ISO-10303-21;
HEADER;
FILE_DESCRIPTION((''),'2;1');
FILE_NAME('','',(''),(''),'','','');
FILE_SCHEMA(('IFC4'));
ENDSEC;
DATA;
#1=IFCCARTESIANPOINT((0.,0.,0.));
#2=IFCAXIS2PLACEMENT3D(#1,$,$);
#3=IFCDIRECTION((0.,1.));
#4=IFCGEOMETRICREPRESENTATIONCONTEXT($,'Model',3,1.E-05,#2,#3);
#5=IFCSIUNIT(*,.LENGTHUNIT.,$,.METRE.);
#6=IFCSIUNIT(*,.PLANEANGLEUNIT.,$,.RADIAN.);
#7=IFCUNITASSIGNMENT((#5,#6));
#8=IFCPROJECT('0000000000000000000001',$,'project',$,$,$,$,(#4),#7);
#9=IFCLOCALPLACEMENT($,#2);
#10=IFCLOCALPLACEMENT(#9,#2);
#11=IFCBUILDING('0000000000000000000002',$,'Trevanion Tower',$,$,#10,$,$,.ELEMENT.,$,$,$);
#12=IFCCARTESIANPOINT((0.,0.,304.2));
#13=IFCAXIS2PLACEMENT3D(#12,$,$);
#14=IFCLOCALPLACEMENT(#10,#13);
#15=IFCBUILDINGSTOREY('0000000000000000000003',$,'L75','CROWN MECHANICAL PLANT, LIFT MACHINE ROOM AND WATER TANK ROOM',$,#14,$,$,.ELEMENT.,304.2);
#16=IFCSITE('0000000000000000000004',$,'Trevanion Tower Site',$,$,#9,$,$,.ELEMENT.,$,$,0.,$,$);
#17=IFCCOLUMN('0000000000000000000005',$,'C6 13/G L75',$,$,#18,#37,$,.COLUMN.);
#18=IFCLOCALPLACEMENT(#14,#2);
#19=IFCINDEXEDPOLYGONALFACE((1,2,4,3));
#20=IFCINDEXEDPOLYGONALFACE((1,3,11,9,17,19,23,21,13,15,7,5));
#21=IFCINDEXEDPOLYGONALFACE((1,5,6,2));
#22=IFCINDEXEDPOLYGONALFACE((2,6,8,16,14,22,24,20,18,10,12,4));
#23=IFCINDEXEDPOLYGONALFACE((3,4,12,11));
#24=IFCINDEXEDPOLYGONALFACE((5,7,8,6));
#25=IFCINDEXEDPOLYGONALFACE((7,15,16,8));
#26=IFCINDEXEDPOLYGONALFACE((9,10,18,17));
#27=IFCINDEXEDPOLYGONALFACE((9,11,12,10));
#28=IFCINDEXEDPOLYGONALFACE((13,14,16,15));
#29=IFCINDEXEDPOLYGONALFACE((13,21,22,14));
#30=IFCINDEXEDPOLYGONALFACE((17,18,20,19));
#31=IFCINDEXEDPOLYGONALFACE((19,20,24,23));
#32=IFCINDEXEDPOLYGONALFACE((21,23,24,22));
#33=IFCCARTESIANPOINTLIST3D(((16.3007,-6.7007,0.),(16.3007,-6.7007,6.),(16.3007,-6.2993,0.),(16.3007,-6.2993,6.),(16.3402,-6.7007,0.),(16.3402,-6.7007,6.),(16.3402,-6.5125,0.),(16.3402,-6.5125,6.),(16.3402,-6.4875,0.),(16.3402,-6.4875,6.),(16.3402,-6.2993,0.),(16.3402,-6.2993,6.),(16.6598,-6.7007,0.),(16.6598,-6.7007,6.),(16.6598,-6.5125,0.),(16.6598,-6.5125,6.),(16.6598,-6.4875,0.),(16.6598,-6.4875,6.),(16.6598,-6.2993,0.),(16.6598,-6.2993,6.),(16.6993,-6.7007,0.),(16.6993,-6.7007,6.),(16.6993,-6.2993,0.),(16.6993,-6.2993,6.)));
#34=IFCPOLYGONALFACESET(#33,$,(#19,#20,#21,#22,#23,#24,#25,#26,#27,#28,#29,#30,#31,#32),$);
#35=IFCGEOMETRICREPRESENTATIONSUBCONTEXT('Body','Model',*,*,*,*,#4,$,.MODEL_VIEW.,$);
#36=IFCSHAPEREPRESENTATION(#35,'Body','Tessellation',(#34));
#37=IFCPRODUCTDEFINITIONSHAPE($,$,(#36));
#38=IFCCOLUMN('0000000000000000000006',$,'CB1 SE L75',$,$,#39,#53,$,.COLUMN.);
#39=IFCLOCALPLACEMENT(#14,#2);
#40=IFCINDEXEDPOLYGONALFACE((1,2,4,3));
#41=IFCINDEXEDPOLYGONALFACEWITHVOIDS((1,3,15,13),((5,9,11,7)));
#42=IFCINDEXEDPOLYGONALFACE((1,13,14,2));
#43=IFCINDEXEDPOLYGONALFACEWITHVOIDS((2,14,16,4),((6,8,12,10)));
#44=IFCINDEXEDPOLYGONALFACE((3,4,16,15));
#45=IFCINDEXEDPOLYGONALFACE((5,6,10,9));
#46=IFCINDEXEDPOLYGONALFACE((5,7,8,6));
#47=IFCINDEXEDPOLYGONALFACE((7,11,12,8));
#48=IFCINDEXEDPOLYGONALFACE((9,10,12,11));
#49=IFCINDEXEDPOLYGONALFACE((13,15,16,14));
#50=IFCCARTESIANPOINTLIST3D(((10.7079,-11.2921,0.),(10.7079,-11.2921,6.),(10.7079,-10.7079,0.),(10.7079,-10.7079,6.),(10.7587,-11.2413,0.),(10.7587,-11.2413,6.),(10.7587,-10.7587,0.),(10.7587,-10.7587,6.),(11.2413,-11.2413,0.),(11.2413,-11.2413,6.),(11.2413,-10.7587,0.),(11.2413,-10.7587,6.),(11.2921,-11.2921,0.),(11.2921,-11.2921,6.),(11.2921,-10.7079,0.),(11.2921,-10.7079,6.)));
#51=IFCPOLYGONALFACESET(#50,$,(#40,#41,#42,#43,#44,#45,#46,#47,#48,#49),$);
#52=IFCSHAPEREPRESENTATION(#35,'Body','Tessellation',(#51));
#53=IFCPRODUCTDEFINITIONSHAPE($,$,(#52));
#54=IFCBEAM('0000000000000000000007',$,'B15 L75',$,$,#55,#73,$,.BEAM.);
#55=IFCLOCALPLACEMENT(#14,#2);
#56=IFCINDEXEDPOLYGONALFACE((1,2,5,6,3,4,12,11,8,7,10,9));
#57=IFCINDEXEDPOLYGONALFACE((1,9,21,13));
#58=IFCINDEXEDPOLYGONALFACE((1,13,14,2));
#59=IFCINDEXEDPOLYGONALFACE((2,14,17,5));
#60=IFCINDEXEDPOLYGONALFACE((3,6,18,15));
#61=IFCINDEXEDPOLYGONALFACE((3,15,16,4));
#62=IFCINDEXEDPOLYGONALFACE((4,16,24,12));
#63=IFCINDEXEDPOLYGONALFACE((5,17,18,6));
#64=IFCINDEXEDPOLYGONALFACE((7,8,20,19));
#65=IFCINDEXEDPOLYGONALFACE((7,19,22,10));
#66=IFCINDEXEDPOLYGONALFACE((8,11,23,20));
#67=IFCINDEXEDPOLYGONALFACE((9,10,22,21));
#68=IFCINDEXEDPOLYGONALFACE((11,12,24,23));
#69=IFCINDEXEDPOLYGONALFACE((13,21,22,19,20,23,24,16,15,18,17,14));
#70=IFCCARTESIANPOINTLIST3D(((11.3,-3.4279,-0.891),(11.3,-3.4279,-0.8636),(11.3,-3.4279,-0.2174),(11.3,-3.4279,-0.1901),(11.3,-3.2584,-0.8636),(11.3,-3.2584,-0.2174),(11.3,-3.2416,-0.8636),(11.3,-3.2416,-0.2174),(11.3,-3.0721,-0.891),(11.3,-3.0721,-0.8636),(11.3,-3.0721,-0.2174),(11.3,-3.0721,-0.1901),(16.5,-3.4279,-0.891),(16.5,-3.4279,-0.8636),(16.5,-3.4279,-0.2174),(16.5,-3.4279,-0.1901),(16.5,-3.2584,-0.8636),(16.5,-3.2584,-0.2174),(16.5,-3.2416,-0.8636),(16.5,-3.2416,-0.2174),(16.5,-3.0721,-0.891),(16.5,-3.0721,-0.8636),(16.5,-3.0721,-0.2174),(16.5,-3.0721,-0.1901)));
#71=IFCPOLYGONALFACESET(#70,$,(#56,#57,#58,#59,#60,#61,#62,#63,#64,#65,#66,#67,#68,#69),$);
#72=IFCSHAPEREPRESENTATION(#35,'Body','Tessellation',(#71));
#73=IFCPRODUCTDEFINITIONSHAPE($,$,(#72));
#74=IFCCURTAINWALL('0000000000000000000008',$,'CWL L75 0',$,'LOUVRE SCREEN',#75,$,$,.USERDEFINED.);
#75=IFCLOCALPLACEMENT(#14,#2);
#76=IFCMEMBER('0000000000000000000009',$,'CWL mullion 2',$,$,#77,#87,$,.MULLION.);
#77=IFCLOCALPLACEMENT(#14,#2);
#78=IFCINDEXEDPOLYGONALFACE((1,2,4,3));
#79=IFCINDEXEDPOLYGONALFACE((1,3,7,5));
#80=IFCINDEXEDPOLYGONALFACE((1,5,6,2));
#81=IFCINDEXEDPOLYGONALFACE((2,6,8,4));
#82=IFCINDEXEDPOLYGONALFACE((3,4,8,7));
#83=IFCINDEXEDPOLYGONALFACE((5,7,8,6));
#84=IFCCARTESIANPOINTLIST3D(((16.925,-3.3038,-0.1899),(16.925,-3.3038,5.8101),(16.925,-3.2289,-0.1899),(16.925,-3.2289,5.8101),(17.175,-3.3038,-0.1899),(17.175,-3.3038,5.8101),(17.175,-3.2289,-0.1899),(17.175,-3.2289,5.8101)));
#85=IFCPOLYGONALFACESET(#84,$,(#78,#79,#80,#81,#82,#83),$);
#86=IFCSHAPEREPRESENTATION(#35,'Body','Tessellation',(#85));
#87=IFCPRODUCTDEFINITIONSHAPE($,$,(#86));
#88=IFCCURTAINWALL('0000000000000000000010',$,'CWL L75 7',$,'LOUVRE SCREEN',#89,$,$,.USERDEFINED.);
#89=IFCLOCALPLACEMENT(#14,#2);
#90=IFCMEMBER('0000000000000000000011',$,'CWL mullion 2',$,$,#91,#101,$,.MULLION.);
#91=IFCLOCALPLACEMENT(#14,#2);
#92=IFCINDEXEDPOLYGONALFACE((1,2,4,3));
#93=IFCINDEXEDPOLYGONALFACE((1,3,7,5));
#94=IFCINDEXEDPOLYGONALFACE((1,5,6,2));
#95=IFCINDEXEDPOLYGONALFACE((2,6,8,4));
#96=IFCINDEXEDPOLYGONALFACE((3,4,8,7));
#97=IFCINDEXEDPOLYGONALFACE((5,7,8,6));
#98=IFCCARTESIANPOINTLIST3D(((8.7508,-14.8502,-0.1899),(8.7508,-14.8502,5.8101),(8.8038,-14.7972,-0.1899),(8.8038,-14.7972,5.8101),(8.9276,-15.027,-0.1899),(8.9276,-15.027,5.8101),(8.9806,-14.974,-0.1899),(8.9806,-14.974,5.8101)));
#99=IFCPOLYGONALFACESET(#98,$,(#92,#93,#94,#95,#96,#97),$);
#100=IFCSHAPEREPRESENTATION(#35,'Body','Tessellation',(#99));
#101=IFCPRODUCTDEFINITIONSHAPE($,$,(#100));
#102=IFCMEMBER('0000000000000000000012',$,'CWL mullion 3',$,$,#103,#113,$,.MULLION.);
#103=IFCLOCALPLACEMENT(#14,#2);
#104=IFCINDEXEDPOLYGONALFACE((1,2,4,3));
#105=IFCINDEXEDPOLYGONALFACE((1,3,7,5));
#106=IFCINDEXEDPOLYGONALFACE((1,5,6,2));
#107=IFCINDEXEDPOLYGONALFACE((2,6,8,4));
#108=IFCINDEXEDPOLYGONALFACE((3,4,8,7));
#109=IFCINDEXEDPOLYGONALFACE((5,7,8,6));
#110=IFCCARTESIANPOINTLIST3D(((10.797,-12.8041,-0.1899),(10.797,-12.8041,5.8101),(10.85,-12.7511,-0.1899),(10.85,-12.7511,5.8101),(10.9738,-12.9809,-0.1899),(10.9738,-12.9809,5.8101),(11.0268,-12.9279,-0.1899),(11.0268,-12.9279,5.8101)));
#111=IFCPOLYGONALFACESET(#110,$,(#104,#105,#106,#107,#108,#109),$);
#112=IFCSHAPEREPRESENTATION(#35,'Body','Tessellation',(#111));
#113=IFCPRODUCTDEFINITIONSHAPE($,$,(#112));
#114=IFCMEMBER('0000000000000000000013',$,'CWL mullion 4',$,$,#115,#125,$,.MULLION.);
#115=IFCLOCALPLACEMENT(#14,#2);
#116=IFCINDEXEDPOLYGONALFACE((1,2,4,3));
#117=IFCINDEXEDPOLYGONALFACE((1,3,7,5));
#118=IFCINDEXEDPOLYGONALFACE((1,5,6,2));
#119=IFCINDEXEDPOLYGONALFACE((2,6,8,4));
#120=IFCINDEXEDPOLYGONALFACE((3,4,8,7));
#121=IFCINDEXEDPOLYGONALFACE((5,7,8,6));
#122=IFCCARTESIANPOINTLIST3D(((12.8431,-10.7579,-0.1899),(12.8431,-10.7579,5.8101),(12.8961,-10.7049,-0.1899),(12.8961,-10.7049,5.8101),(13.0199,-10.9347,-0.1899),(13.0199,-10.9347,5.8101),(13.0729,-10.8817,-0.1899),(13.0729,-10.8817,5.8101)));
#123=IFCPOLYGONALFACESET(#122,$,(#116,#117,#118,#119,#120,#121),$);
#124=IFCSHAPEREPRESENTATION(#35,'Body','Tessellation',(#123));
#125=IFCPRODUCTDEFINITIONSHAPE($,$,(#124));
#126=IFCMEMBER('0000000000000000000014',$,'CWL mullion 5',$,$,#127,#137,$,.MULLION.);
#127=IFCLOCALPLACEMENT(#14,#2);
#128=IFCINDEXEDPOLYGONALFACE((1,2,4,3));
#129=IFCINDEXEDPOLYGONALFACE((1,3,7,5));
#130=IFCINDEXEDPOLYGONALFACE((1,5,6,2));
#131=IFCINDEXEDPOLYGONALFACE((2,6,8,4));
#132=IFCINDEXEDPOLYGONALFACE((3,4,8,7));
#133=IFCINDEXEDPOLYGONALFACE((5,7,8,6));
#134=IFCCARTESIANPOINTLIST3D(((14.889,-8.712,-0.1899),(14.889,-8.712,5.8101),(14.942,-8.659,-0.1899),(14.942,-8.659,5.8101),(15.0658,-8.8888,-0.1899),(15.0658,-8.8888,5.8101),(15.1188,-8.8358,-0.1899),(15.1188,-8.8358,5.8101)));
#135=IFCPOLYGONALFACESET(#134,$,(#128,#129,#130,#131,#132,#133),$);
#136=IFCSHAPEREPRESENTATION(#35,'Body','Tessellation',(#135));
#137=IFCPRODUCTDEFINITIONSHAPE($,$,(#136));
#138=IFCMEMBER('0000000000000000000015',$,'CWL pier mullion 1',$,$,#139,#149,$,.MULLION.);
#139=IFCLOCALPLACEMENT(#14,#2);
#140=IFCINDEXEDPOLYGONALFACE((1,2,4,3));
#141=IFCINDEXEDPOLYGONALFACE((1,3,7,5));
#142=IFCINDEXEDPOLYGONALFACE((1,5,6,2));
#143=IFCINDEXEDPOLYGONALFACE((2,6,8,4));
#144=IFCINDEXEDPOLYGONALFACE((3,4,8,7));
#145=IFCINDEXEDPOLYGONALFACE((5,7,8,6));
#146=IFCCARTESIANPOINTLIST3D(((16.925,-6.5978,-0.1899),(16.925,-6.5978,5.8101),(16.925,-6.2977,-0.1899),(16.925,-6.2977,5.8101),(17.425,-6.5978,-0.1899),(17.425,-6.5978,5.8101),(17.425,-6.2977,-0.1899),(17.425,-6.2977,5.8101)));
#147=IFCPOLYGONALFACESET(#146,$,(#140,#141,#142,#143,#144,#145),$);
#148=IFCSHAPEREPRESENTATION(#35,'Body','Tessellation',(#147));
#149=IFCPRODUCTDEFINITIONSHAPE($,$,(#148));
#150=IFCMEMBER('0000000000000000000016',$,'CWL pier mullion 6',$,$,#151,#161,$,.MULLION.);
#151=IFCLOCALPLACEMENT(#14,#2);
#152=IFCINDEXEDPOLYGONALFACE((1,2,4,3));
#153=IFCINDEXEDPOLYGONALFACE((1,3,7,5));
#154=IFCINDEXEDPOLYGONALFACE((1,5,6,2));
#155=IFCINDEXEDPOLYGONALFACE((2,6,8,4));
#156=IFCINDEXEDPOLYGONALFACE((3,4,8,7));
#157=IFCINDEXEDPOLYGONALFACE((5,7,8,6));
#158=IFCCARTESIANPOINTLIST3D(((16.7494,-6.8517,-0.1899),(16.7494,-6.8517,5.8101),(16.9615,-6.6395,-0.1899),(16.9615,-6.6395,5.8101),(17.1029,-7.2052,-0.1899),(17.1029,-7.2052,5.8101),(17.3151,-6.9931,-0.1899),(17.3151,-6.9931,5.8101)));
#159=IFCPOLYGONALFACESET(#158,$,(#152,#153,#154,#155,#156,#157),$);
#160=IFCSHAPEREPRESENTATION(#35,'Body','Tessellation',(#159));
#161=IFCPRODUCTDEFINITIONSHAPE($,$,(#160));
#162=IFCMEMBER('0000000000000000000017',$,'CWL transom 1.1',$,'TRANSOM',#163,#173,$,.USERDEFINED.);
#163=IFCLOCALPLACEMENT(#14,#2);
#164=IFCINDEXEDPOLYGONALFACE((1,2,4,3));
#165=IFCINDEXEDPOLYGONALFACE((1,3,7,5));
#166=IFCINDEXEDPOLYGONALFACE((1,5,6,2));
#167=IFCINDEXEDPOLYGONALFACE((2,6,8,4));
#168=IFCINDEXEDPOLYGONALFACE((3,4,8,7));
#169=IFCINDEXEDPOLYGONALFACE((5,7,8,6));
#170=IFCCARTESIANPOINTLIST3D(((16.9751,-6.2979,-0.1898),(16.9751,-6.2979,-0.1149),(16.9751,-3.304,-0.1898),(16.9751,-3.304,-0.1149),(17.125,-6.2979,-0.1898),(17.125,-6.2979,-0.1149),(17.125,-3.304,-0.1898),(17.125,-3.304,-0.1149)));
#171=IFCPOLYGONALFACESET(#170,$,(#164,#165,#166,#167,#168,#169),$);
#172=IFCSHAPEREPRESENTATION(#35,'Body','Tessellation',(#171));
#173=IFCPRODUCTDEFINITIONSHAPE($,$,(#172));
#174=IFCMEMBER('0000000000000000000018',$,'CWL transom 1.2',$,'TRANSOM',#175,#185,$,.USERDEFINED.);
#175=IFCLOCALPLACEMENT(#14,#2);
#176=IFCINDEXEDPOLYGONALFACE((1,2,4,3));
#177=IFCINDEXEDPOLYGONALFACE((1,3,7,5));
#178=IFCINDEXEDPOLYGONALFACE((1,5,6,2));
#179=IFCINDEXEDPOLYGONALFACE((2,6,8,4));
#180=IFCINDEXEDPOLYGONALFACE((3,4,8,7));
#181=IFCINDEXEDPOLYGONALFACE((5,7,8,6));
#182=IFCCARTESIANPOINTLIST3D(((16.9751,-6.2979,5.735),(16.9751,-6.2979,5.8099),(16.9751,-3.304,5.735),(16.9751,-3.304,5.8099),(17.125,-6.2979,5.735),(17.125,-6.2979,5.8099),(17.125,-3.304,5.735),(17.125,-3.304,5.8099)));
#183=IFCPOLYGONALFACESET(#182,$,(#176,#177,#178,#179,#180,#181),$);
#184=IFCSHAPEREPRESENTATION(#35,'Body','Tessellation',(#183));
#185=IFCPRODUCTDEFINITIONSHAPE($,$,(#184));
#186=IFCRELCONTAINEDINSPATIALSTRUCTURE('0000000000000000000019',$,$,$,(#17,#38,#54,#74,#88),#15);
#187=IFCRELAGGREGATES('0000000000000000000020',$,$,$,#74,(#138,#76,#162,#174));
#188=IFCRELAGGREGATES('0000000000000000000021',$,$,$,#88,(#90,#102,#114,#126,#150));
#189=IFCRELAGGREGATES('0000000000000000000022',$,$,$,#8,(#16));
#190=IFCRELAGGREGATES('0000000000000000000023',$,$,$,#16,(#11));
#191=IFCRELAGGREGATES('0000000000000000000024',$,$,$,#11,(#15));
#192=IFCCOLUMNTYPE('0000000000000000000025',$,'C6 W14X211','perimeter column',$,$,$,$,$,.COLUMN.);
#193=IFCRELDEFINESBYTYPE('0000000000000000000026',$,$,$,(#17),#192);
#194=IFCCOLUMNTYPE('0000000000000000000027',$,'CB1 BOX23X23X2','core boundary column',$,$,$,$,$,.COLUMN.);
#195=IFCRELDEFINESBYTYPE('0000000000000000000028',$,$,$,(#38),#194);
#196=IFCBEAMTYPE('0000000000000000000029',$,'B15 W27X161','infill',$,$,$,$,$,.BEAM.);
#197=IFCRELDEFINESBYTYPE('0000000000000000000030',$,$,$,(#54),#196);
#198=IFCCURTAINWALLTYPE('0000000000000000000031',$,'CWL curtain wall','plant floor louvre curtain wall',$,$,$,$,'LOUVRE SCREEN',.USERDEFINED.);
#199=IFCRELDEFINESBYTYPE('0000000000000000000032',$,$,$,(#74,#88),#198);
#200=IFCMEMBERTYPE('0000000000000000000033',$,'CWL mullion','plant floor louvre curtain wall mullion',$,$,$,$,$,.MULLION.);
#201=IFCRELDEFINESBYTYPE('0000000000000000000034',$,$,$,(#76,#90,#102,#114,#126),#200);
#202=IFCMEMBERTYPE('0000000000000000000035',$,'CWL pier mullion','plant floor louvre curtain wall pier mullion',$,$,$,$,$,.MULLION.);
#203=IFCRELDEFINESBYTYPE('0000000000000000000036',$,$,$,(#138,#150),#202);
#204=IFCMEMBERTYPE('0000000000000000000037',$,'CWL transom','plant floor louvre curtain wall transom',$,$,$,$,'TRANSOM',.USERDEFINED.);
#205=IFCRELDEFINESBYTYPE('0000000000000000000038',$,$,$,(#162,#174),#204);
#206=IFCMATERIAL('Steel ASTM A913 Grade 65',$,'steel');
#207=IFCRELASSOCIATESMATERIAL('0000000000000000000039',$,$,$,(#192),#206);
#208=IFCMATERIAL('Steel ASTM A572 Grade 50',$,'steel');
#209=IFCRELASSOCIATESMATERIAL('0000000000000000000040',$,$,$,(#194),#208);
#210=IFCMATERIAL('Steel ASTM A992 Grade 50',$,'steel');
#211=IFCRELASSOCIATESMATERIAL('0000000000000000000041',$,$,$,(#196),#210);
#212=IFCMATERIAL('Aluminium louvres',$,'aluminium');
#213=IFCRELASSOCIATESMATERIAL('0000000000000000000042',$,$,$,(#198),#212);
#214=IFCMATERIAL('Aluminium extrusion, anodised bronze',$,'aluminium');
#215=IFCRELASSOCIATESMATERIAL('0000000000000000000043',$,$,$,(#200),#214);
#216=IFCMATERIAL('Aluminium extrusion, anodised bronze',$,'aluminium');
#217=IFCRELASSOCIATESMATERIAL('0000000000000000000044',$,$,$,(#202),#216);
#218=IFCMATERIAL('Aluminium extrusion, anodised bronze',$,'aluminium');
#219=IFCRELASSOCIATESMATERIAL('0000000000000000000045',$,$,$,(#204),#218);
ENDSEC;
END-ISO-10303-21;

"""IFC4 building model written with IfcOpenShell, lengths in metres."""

from ifc_helpers import new_model, si_unit, direction, frame, origin, origin_2d, place, context, subcontext, project, spatial, rectangle, hollow_rectangle, i_section, extrude, material, material_profile, profile_set, type_object, element, aggregate, save


model = new_model("IFC4")

# Units and contexts
model_context = context("Model", 3, precision=1e-05, world=origin(), true_north=direction((0.0, 1.0)))
body_context = subcontext(model_context, "Body", "Model", "MODEL_VIEW")
ifc_project = project(units=[si_unit("LENGTHUNIT", "METRE"), si_unit("PLANEANGLEUNIT", "RADIAN")], contexts=[model_context])

# Site, building, storey
site_placement = place(None, origin())
site = spatial("IfcSite", under=ifc_project, at=site_placement, Name="Trevanion Tower Site", CompositionType="ELEMENT", RefElevation=0.0)
building_placement = place(site_placement, origin())
building = spatial("IfcBuilding", under=site, at=building_placement, Name="Trevanion Tower", CompositionType="ELEMENT")
storey_placement = place(building_placement, frame((0.0, 0.0, 304.2)))
storey = spatial("IfcBuildingStorey", under=building, at=storey_placement, Name="L75", Description="CROWN MECHANICAL PLANT, LIFT MACHINE ROOM AND WATER TANK ROOM", CompositionType="ELEMENT", Elevation=304.2)

# Columns
ifc_material_1 = material(Name="Steel ASTM A913 Grade 65", Category="steel")
ifc_material_profile_1 = material_profile(ifc_material_1, i_section(OverallWidth=0.4014, OverallDepth=0.3987, WebThickness=0.0249, FlangeThickness=0.0396, at=origin_2d()), Name="W14X211")
ifc_profile_set_1 = profile_set([ifc_material_profile_1], Name="Steel ASTM A913 Grade 65")
column_type_1 = type_object("IfcColumnType", Name="C6 W14X211", Description="perimeter column", PredefinedType="COLUMN", material=ifc_profile_set_1)
column_1_placement = place(storey_placement, frame((16.5, -6.5, 0.0), z_axis=(0.0, 0.0, 1.0), x_axis=(0.0, 1.0, 0.0)))
element("IfcColumn", 1, at=column_1_placement, inside=storey, type_object=column_type_1, Name="C6 13/G L75", PredefinedType="COLUMN", context=body_context, shape_type="SweptSolid", body=[
    extrude(i_section(OverallWidth=0.4014, OverallDepth=0.3987, WebThickness=0.0249, FlangeThickness=0.0396, at=origin_2d()), origin(), (0.0, 0.0, 1.0), 6.0),
])
ifc_material_2 = material(Name="Steel ASTM A572 Grade 50", Category="steel")
ifc_material_profile_2 = material_profile(ifc_material_2, hollow_rectangle(XDim=0.5842, YDim=0.5842, WallThickness=0.0508, at=origin_2d()), Name="BOX23X23X2")
ifc_profile_set_2 = profile_set([ifc_material_profile_2], Name="Steel ASTM A572 Grade 50")
column_type_2 = type_object("IfcColumnType", Name="CB1 BOX23X23X2", Description="core boundary column", PredefinedType="COLUMN", material=ifc_profile_set_2)
column_2_placement = place(storey_placement, frame((11.0, -11.0, 0.0), z_axis=(0.0, 0.0, 1.0), x_axis=(1.0, 0.0, 0.0)))
element("IfcColumn", 2, at=column_2_placement, inside=storey, type_object=column_type_2, Name="CB1 SE L75", PredefinedType="COLUMN", context=body_context, shape_type="SweptSolid", body=[
    extrude(hollow_rectangle(XDim=0.5842, YDim=0.5842, WallThickness=0.0508, at=origin_2d()), origin(), (0.0, 0.0, 1.0), 6.0),
])

# Beam
ifc_material_3 = material(Name="Steel ASTM A992 Grade 50", Category="steel")
ifc_material_profile_3 = material_profile(ifc_material_3, i_section(OverallWidth=0.3557, OverallDepth=0.7009, WebThickness=0.0168, FlangeThickness=0.0273, at=origin_2d()), Name="W27X161")
ifc_profile_set_3 = profile_set([ifc_material_profile_3], Name="Steel ASTM A992 Grade 50")
beam_type_1 = type_object("IfcBeamType", Name="B15 W27X161", Description="infill", PredefinedType="BEAM", material=ifc_profile_set_3)
beam_1_placement = place(storey_placement, frame((11.3, -3.25, -0.5405), z_axis=(1.0, 0.0, 0.0), x_axis=(0.0, 1.0, 0.0)))
element("IfcBeam", 3, at=beam_1_placement, inside=storey, type_object=beam_type_1, Name="B15 L75", PredefinedType="BEAM", context=body_context, shape_type="SweptSolid", body=[
    extrude(i_section(OverallWidth=0.3557, OverallDepth=0.7009, WebThickness=0.0168, FlangeThickness=0.0273, at=origin_2d()), origin(), (0.0, 0.0, 1.0), 5.2),
])

# Curtain wall, member
ifc_material_4 = material(Name="Aluminium louvres", Category="aluminium")
curtain_wall_type = type_object("IfcCurtainWallType", Name="CWL curtain wall", Description="plant floor louvre curtain wall", ElementType="LOUVRE SCREEN", PredefinedType="USERDEFINED", material=ifc_material_4)
curtain_wall_1_placement = place(storey_placement, origin())
curtain_wall_1 = element("IfcCurtainWall", 4, at=curtain_wall_1_placement, inside=storey, type_object=curtain_wall_type, Name="CWL L75 0", ObjectType="LOUVRE SCREEN", PredefinedType="USERDEFINED")
ifc_material_5 = material(Name="Aluminium extrusion, anodised bronze", Category="aluminium")
ifc_material_profile_4 = material_profile(ifc_material_5, rectangle(XDim=0.075, YDim=0.25, at=origin_2d()), Name="CWL mullion")
ifc_profile_set_4 = profile_set([ifc_material_profile_4], Name="Aluminium extrusion, anodised bronze")
member_type_1 = type_object("IfcMemberType", Name="CWL mullion", Description="plant floor louvre curtain wall mullion", PredefinedType="MULLION", material=ifc_profile_set_4)
member_1_placement = place(storey_placement, frame((17.05, -3.2664, -0.1899), z_axis=(0.0, 0.0, 1.0), x_axis=(0.0, 1.0, 0.0)))
member_1 = element("IfcMember", 5, at=member_1_placement, type_object=member_type_1, Name="CWL mullion 2", PredefinedType="MULLION", context=body_context, shape_type="SweptSolid", body=[
    extrude(rectangle(XDim=0.075, YDim=0.25, at=origin_2d()), origin(), (0.0, 0.0, 1.0), 6.0),
])

# Curtain wall, members
curtain_wall_2_placement = place(storey_placement, origin())
curtain_wall_2 = element("IfcCurtainWall", 6, at=curtain_wall_2_placement, inside=storey, type_object=curtain_wall_type, Name="CWL L75 7", ObjectType="LOUVRE SCREEN", PredefinedType="USERDEFINED")
member_2_placement = place(storey_placement, frame((8.8657, -14.9121, -0.1899), z_axis=(0.0, 0.0, 1.0), x_axis=(0.707107, 0.707107, 0.0)))
member_2 = element("IfcMember", 7, at=member_2_placement, type_object=member_type_1, Name="CWL mullion 2", PredefinedType="MULLION", context=body_context, shape_type="SweptSolid", body=[
    extrude(rectangle(XDim=0.075, YDim=0.25, at=origin_2d()), origin(), (0.0, 0.0, 1.0), 6.0),
])
member_3_placement = place(storey_placement, frame((10.9119, -12.866, -0.1899), z_axis=(0.0, 0.0, 1.0), x_axis=(0.707107, 0.707107, 0.0)))
member_3 = element("IfcMember", 8, at=member_3_placement, type_object=member_type_1, Name="CWL mullion 3", PredefinedType="MULLION", context=body_context, shape_type="SweptSolid", body=[
    extrude(rectangle(XDim=0.075, YDim=0.25, at=origin_2d()), origin(), (0.0, 0.0, 1.0), 6.0),
])
member_4_placement = place(storey_placement, frame((12.958, -10.8198, -0.1899), z_axis=(0.0, 0.0, 1.0), x_axis=(0.707107, 0.707107, 0.0)))
member_4 = element("IfcMember", 9, at=member_4_placement, type_object=member_type_1, Name="CWL mullion 4", PredefinedType="MULLION", context=body_context, shape_type="SweptSolid", body=[
    extrude(rectangle(XDim=0.075, YDim=0.25, at=origin_2d()), origin(), (0.0, 0.0, 1.0), 6.0),
])
member_5_placement = place(storey_placement, frame((15.0039, -8.7739, -0.1899), z_axis=(0.0, 0.0, 1.0), x_axis=(0.707107, 0.707107, 0.0)))
member_5 = element("IfcMember", 10, at=member_5_placement, type_object=member_type_1, Name="CWL mullion 5", PredefinedType="MULLION", context=body_context, shape_type="SweptSolid", body=[
    extrude(rectangle(XDim=0.075, YDim=0.25, at=origin_2d()), origin(), (0.0, 0.0, 1.0), 6.0),
])

# Members
ifc_material_6 = material(Name="Aluminium extrusion, anodised bronze", Category="aluminium")
ifc_material_profile_5 = material_profile(ifc_material_6, rectangle(XDim=0.3, YDim=0.5, at=origin_2d()), Name="CWL pier mullion")
ifc_profile_set_5 = profile_set([ifc_material_profile_5], Name="Aluminium extrusion, anodised bronze")
member_type_2 = type_object("IfcMemberType", Name="CWL pier mullion", Description="plant floor louvre curtain wall pier mullion", PredefinedType="MULLION", material=ifc_profile_set_5)
member_6_placement = place(storey_placement, frame((17.175, -6.4478, -0.1899), z_axis=(0.0, 0.0, 1.0), x_axis=(0.0, 1.0, 0.0)))
member_6 = element("IfcMember", 11, at=member_6_placement, type_object=member_type_2, Name="CWL pier mullion 1", PredefinedType="MULLION", context=body_context, shape_type="SweptSolid", body=[
    extrude(rectangle(XDim=0.3, YDim=0.5, at=origin_2d()), origin(), (0.0, 0.0, 1.0), 6.0),
])
member_7_placement = place(storey_placement, frame((17.0322, -6.9224, -0.1899), z_axis=(0.0, 0.0, 1.0), x_axis=(0.707107, 0.707107, 0.0)))
member_7 = element("IfcMember", 12, at=member_7_placement, type_object=member_type_2, Name="CWL pier mullion 6", PredefinedType="MULLION", context=body_context, shape_type="SweptSolid", body=[
    extrude(rectangle(XDim=0.3, YDim=0.5, at=origin_2d()), origin(), (0.0, 0.0, 1.0), 6.0),
])
ifc_material_7 = material(Name="Aluminium extrusion, anodised bronze", Category="aluminium")
ifc_material_profile_6 = material_profile(ifc_material_7, rectangle(XDim=0.1499, YDim=0.075, at=origin_2d()), Name="CWL transom")
ifc_profile_set_6 = profile_set([ifc_material_profile_6], Name="Aluminium extrusion, anodised bronze")
member_type_3 = type_object("IfcMemberType", Name="CWL transom", Description="plant floor louvre curtain wall transom", ElementType="TRANSOM", PredefinedType="USERDEFINED", material=ifc_profile_set_6)
member_8_placement = place(storey_placement, frame((17.05, -6.2979, -0.1523), z_axis=(0.0, 1.0, 0.0), x_axis=(-1.0, 0.0, 0.0)))
member_8 = element("IfcMember", 13, at=member_8_placement, type_object=member_type_3, Name="CWL transom 1.1", ObjectType="TRANSOM", PredefinedType="USERDEFINED", context=body_context, shape_type="SweptSolid", body=[
    extrude(rectangle(XDim=0.1499, YDim=0.075, at=origin_2d()), origin(), (0.0, 0.0, 1.0), 2.9939),
])
member_9_placement = place(storey_placement, frame((17.05, -6.2979, 5.7725), z_axis=(0.0, 1.0, 0.0), x_axis=(-1.0, 0.0, 0.0)))
member_9 = element("IfcMember", 14, at=member_9_placement, type_object=member_type_3, Name="CWL transom 1.2", ObjectType="TRANSOM", PredefinedType="USERDEFINED", context=body_context, shape_type="SweptSolid", body=[
    extrude(rectangle(XDim=0.1499, YDim=0.075, at=origin_2d()), origin(), (0.0, 0.0, 1.0), 2.9939),
])

aggregate(curtain_wall_1, [member_6, member_1, member_8, member_9])
aggregate(curtain_wall_2, [member_2, member_3, member_4, member_5, member_7])

save(model, "model.ifc")
